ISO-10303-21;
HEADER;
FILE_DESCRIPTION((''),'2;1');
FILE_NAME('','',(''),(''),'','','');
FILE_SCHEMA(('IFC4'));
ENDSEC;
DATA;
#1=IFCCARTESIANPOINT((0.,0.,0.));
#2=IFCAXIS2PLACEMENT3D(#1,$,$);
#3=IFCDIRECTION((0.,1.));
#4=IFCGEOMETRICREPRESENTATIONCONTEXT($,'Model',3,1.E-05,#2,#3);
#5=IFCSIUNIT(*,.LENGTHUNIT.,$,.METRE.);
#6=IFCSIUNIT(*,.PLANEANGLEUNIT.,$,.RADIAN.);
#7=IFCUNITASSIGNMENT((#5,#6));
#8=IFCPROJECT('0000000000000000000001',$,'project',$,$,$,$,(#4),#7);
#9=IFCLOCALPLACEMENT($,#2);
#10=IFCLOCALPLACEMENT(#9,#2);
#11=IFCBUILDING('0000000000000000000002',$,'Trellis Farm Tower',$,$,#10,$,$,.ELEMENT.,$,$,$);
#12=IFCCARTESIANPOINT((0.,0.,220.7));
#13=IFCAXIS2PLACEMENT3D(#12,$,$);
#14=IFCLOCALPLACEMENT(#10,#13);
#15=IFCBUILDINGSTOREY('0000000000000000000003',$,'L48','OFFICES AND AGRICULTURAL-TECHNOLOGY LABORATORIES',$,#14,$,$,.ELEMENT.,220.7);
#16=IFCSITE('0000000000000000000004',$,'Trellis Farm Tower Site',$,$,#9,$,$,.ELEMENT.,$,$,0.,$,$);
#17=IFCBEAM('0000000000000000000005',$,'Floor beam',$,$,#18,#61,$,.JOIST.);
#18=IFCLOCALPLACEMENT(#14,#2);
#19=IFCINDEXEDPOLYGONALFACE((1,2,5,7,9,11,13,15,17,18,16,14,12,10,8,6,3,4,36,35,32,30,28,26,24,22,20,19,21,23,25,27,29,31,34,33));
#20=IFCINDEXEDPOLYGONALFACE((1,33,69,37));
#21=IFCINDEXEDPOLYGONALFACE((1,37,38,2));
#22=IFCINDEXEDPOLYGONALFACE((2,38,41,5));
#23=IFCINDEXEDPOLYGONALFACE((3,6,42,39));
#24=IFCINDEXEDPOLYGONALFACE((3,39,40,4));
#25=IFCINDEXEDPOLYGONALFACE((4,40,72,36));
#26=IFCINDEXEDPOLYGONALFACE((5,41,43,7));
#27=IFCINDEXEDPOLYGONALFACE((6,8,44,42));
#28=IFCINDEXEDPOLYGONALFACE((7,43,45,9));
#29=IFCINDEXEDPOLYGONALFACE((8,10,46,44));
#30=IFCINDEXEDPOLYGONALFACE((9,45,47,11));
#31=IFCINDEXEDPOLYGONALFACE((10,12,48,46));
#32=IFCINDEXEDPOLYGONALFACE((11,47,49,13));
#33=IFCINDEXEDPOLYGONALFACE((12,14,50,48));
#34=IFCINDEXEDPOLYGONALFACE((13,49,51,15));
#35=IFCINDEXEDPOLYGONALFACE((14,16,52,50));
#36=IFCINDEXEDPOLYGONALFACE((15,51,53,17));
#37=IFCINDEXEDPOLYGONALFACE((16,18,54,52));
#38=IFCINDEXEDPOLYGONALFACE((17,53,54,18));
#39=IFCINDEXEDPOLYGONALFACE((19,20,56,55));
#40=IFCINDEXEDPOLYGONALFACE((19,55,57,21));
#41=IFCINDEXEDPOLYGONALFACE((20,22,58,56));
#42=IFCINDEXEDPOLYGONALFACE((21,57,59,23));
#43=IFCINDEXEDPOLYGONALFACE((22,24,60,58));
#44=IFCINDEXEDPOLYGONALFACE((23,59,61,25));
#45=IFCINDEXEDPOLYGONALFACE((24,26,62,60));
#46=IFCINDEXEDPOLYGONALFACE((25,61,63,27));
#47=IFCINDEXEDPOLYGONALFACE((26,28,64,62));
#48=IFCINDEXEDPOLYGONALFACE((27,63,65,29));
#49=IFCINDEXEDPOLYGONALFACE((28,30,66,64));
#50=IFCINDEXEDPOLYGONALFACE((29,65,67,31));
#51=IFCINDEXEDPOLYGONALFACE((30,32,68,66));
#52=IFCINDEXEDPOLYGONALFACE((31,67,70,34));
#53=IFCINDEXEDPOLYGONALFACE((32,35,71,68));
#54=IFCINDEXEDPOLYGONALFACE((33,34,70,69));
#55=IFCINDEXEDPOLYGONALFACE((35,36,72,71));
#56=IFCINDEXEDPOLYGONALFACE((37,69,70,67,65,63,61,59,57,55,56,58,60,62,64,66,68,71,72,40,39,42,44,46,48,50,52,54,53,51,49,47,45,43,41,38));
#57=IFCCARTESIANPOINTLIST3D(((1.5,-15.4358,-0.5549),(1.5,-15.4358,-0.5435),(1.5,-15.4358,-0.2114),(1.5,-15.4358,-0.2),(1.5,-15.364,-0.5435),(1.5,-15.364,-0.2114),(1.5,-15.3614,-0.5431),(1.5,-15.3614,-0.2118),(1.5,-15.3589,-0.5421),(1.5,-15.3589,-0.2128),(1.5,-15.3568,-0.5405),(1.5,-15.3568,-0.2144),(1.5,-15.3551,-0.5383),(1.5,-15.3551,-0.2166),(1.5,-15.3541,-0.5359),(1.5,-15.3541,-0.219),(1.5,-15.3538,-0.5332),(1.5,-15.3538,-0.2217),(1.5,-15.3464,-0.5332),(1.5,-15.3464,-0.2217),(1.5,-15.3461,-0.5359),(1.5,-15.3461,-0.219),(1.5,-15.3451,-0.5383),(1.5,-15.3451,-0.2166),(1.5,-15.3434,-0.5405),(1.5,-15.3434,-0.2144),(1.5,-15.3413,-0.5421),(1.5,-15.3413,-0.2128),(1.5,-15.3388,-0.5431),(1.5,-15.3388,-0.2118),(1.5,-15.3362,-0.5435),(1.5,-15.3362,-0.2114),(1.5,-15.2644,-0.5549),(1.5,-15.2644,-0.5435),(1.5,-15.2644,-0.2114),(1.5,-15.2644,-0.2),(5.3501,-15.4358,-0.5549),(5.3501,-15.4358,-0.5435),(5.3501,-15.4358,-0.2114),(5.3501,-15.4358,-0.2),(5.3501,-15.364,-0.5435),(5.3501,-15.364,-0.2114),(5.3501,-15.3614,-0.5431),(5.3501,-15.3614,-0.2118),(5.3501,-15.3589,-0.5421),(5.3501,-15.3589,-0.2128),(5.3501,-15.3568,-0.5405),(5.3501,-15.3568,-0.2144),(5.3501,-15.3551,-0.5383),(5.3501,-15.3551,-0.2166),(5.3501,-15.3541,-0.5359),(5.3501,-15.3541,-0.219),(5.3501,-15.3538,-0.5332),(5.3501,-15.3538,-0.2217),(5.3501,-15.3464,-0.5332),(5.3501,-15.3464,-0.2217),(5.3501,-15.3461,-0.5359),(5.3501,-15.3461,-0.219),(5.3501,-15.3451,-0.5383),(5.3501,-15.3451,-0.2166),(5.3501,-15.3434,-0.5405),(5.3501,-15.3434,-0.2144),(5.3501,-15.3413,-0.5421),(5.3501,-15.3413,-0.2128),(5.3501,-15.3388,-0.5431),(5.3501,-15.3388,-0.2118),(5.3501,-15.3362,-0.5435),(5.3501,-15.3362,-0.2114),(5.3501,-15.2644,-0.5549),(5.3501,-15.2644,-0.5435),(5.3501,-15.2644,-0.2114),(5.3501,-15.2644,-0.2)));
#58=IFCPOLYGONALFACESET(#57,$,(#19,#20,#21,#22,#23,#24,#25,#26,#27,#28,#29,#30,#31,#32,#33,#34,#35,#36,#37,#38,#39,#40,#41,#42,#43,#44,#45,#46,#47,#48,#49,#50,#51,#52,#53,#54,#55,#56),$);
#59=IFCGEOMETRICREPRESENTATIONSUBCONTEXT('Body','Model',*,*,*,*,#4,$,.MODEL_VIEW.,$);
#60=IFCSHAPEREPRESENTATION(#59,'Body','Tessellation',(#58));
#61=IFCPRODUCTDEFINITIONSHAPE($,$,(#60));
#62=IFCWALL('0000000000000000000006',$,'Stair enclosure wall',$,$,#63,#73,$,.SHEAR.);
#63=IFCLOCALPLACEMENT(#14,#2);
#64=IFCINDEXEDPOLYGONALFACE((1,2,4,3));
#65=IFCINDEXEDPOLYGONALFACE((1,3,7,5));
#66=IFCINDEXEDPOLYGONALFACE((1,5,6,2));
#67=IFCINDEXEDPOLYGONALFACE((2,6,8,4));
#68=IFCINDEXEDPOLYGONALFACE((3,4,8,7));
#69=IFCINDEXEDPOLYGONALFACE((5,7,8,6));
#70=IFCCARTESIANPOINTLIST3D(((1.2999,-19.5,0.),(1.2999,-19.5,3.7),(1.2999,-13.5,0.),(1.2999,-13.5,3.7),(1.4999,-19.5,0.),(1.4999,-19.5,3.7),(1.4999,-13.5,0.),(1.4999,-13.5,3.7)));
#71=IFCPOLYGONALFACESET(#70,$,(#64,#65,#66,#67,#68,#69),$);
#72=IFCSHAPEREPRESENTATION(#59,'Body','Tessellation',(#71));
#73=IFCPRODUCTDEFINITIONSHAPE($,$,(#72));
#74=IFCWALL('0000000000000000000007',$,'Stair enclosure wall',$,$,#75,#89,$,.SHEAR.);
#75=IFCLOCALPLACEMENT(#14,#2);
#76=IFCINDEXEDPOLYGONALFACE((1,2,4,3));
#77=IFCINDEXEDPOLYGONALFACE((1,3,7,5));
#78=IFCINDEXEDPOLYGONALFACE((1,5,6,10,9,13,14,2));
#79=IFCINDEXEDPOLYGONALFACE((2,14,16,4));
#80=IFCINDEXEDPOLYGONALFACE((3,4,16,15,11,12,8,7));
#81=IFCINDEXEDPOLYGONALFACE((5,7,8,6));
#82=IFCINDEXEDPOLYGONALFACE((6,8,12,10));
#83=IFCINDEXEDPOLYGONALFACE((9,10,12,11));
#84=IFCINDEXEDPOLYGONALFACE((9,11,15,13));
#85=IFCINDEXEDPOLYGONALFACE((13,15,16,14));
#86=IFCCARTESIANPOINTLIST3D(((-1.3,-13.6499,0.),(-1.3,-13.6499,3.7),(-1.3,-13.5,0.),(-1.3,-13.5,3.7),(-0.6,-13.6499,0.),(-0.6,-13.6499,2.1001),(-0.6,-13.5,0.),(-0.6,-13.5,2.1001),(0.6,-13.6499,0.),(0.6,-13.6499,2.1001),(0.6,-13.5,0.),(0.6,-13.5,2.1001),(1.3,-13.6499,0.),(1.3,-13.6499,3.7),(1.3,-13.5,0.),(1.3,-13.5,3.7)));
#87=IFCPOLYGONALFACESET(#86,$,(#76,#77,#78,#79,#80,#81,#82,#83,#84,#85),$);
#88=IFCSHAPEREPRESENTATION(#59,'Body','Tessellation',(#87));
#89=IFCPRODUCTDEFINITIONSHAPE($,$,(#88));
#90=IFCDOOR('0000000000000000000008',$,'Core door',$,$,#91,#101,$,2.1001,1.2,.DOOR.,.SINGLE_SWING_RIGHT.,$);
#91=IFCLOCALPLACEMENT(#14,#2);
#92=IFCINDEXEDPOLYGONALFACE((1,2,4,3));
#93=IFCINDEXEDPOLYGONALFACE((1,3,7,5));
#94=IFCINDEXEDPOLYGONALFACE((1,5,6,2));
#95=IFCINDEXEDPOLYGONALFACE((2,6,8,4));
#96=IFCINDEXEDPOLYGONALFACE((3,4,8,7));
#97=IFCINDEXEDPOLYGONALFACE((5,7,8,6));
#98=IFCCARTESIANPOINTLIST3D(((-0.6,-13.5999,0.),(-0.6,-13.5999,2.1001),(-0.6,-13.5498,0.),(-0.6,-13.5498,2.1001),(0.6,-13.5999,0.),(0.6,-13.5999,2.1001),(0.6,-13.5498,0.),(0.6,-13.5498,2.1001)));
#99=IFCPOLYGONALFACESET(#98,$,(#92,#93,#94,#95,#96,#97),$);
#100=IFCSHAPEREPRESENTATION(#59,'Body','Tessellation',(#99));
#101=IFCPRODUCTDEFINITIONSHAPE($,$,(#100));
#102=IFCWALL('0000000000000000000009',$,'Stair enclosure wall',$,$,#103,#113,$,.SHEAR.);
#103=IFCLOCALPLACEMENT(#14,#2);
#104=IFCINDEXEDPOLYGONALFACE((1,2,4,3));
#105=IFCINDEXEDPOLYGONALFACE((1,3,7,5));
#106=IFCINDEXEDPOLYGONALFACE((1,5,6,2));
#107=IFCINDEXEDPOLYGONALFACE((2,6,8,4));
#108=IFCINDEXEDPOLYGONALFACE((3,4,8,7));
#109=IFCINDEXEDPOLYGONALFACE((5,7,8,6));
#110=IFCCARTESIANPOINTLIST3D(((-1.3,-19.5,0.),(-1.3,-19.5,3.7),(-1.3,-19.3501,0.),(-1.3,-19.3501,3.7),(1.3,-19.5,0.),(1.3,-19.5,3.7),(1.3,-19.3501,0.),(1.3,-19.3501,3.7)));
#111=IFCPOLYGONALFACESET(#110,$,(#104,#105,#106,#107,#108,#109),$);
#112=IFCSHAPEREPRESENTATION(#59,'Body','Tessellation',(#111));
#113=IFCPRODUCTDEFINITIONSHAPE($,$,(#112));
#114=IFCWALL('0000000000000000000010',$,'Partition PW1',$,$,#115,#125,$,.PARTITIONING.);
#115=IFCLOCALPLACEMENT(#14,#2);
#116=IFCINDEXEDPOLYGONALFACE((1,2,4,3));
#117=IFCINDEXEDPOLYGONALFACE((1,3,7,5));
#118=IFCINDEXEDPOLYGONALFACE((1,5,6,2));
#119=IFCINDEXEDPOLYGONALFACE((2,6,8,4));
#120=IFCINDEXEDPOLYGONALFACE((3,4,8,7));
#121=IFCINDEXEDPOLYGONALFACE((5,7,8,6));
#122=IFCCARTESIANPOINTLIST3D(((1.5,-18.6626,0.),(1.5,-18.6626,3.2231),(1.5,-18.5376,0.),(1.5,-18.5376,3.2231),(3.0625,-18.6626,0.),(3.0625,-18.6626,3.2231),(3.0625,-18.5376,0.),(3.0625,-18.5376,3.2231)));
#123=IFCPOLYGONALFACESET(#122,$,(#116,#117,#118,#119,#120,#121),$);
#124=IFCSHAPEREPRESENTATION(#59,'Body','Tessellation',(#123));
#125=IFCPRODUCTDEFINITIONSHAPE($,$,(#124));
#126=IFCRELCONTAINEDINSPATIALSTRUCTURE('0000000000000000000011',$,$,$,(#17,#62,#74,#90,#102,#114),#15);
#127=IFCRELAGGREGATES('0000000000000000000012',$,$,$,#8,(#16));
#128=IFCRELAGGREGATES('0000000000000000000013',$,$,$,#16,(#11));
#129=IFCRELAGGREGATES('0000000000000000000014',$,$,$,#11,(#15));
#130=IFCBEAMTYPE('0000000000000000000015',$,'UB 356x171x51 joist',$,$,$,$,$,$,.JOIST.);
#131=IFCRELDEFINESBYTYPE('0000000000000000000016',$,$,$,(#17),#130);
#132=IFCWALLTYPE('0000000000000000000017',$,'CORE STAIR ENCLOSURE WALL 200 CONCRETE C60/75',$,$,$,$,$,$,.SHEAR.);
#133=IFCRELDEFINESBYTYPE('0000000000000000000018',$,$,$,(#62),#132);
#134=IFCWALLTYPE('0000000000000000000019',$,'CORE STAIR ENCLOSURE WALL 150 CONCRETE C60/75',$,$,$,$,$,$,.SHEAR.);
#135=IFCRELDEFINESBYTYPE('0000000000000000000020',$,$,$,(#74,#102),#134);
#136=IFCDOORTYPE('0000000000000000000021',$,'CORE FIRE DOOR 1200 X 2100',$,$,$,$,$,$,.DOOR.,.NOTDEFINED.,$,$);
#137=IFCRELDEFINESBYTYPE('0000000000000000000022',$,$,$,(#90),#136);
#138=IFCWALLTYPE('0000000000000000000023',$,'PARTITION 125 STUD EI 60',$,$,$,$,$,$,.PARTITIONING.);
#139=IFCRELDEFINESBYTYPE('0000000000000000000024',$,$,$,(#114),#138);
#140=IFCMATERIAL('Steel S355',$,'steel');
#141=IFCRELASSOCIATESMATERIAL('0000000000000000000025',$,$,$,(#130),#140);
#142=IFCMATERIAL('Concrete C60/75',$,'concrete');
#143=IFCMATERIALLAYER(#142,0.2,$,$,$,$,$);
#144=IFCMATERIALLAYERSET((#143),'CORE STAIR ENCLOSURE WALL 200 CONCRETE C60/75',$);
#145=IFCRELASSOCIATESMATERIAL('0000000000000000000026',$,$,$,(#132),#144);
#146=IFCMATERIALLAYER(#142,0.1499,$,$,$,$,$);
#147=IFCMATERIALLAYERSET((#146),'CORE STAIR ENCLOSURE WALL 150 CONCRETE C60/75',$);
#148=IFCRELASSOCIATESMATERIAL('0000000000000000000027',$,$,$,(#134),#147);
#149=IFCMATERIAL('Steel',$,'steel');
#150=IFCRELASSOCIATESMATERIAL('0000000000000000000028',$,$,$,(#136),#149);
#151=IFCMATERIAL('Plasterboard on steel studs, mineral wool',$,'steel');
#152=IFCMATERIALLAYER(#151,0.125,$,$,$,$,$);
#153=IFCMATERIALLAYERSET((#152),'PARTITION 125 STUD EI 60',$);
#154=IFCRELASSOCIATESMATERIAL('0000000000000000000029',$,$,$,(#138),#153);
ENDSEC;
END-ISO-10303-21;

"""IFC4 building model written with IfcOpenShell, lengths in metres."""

from ifc_helpers import new_model, si_unit, direction, frame, frame_2d, origin, origin_2d, place, context, subcontext, project, spatial, rectangle, i_section, extrude, source, transform, mapped, material, layer, layer_set, material_profile, profile_set, type_object, element, fill, save


model = new_model("IFC4")

# Units and contexts
model_context = context("Model", 3, precision=1e-05, world=origin(), true_north=direction((0.0, 1.0)))
body_context = subcontext(model_context, "Body", "Model", "MODEL_VIEW")
ifc_project = project(units=[si_unit("LENGTHUNIT", "METRE"), si_unit("PLANEANGLEUNIT", "RADIAN")], contexts=[model_context])

# Site, building, storey
site_placement = place(None, origin())
site = spatial("IfcSite", under=ifc_project, at=site_placement, Name="Trellis Farm Tower Site", CompositionType="ELEMENT", RefElevation=0.0)
building_placement = place(site_placement, origin())
building = spatial("IfcBuilding", under=site, at=building_placement, Name="Trellis Farm Tower", CompositionType="ELEMENT")
storey_placement = place(building_placement, frame((0.0, 0.0, 220.7)))
storey = spatial("IfcBuildingStorey", under=building, at=storey_placement, Name="L48", Description="OFFICES AND AGRICULTURAL-TECHNOLOGY LABORATORIES", CompositionType="ELEMENT", Elevation=220.7)

# Shared definitions
ifc_material_1 = material(Name="Concrete C60/75", Category="concrete")

# Beam
ifc_material_2 = material(Name="Steel S355", Category="steel")
ifc_material_profile_1 = material_profile(ifc_material_2, i_section(OverallWidth=0.1714, OverallDepth=0.355, WebThickness=0.0073, FlangeThickness=0.0115, FilletRadius=0.0103, at=origin_2d()), Name="UB 356x171x51")
ifc_profile_set_1 = profile_set([ifc_material_profile_1], Name="Steel S355")
beam_type_1 = type_object("IfcBeamType", Name="UB 356x171x51 joist", PredefinedType="JOIST", material=ifc_profile_set_1)
shared_shape_1 = source(origin(), body_context, "Body", "SweptSolid", [
    extrude(i_section(OverallWidth=0.1714, OverallDepth=0.355, WebThickness=0.0073, FlangeThickness=0.0115, FilletRadius=0.0103, at=origin_2d()), origin(), (0.0, 0.0, 1.0), 3.8501),
])
beam_1_placement = place(storey_placement, frame((1.5, -15.3501, -0.3774), z_axis=(1.0, 0.0, 0.0), x_axis=(0.0, 1.0, 0.0)))
element("IfcBeam", 1, at=beam_1_placement, inside=storey, type_object=beam_type_1, Name="Floor beam", PredefinedType="JOIST", context=body_context, shape_type="MappedRepresentation", body=[
    mapped(shared_shape_1, transform((0.0, 0.0, 0.0))),
])

# Wall
ifc_layer_1 = layer(ifc_material_1, 0.2)
ifc_layer_set_1 = layer_set([ifc_layer_1], Name="CORE STAIR ENCLOSURE WALL 200 CONCRETE C60/75")
wall_type_1 = type_object("IfcWallType", Name="CORE STAIR ENCLOSURE WALL 200 CONCRETE C60/75", PredefinedType="SHEAR", material=ifc_layer_set_1)
shared_shape_2 = source(origin(), body_context, "Body", "SweptSolid", [
    extrude(rectangle(XDim=6.0, YDim=0.2, at=frame_2d((3.0, 0.0))), origin(), (0.0, 0.0, 1.0), 3.7),
])
wall_1_placement = place(storey_placement, frame((1.3999, -13.5, 0.0), z_axis=(0.0, 0.0, 1.0), x_axis=(0.0, -1.0, 0.0)))
element("IfcWall", 2, at=wall_1_placement, inside=storey, type_object=wall_type_1, Name="Stair enclosure wall", PredefinedType="SHEAR", context=body_context, shape_type="MappedRepresentation", body=[
    mapped(shared_shape_2, transform((0.0, 0.0, 0.0))),
])

# Wall, opening, door
ifc_layer_2 = layer(ifc_material_1, 0.1499)
ifc_layer_set_2 = layer_set([ifc_layer_2], Name="CORE STAIR ENCLOSURE WALL 150 CONCRETE C60/75")
wall_type_2 = type_object("IfcWallType", Name="CORE STAIR ENCLOSURE WALL 150 CONCRETE C60/75", PredefinedType="SHEAR", material=ifc_layer_set_2)
shared_shape_3 = source(origin(), body_context, "Body", "SweptSolid", [
    extrude(rectangle(XDim=2.6001, YDim=0.1499, at=frame_2d((1.3, 0.0))), origin(), (0.0, 0.0, 1.0), 3.7),
])
wall_2_placement = place(storey_placement, frame((1.3, -13.575, 0.0), z_axis=(0.0, 0.0, 1.0), x_axis=(-1.0, 0.0, 0.0)))
wall_2 = element("IfcWall", 3, at=wall_2_placement, inside=storey, type_object=wall_type_2, Name="Stair enclosure wall", PredefinedType="SHEAR", context=body_context, shape_type="MappedRepresentation", body=[
    mapped(shared_shape_3, transform((0.0, 0.0, 0.0))),
])
shared_shape_4 = source(origin(), body_context, "Body", "SweptSolid", [
    extrude(rectangle(XDim=1.2, YDim=2.1001, at=frame_2d((0.6001, 1.05))), frame((0.0, 0.085, 0.0), z_axis=(0.0, -1.0, 0.0), x_axis=(1.0, 0.0, 0.0)), (0.0, 0.0, 1.0), 0.1699),
])
opening_1_placement = place(wall_2_placement, frame((0.7, 0.0, 0.0)))
opening_1 = element("IfcOpeningElement", 4, at=opening_1_placement, cuts=wall_2, PredefinedType="OPENING", context=body_context, shape_type="MappedRepresentation", body=[
    mapped(shared_shape_4, transform((0.0, 0.0, 0.0))),
])
ifc_material_3 = material(Name="Steel", Category="steel")
door_type_1 = type_object("IfcDoorType", Name="CORE FIRE DOOR 1200 X 2100", OperationType="NOTDEFINED", PredefinedType="DOOR", material=ifc_material_3)
shared_shape_5 = source(origin(), body_context, "Body", "SweptSolid", [
    extrude(rectangle(XDim=1.2, YDim=2.1001, at=frame_2d((0.6001, 1.05))), frame((0.0, 0.0249, 0.0), z_axis=(0.0, -1.0, 0.0), x_axis=(1.0, 0.0, 0.0)), (0.0, 0.0, 1.0), 0.05),
])
door_1_placement = place(opening_1_placement, origin())
door_1 = element("IfcDoor", 5, at=door_1_placement, inside=storey, type_object=door_type_1, Name="Core door", OperationType="SINGLE_SWING_RIGHT", OverallHeight=2.1001, OverallWidth=1.2, PredefinedType="DOOR", context=body_context, shape_type="MappedRepresentation", body=[
    mapped(shared_shape_5, transform((0.0, 0.0, 0.0))),
])
fill(opening_1, door_1)

# Walls
wall_3_placement = place(storey_placement, frame((1.3, -19.425, 0.0), z_axis=(0.0, 0.0, 1.0), x_axis=(-1.0, 0.0, 0.0)))
element("IfcWall", 6, at=wall_3_placement, inside=storey, type_object=wall_type_2, Name="Stair enclosure wall", PredefinedType="SHEAR", context=body_context, shape_type="MappedRepresentation", body=[
    mapped(shared_shape_3, transform((0.0, 0.0, 0.0))),
])
ifc_material_4 = material(Name="Plasterboard on steel studs, mineral wool", Category="steel")
ifc_layer_3 = layer(ifc_material_4, 0.125)
ifc_layer_set_3 = layer_set([ifc_layer_3], Name="PARTITION 125 STUD EI 60")
wall_type_3 = type_object("IfcWallType", Name="PARTITION 125 STUD EI 60", PredefinedType="PARTITIONING", material=ifc_layer_set_3)
shared_shape_6 = source(origin(), body_context, "Body", "SweptSolid", [
    extrude(rectangle(XDim=1.5625, YDim=0.125, at=frame_2d((0.7812, 0.0))), origin(), (0.0, 0.0, 1.0), 3.2231),
])
wall_4_placement = place(storey_placement, frame((3.0625, -18.6001, 0.0), z_axis=(0.0, 0.0, 1.0), x_axis=(-1.0, 0.0, 0.0)))
element("IfcWall", 7, at=wall_4_placement, inside=storey, type_object=wall_type_3, Name="Partition PW1", PredefinedType="PARTITIONING", context=body_context, shape_type="MappedRepresentation", body=[
    mapped(shared_shape_6, transform((0.0, 0.0, 0.0))),
])

save(model, "model.ifc")
